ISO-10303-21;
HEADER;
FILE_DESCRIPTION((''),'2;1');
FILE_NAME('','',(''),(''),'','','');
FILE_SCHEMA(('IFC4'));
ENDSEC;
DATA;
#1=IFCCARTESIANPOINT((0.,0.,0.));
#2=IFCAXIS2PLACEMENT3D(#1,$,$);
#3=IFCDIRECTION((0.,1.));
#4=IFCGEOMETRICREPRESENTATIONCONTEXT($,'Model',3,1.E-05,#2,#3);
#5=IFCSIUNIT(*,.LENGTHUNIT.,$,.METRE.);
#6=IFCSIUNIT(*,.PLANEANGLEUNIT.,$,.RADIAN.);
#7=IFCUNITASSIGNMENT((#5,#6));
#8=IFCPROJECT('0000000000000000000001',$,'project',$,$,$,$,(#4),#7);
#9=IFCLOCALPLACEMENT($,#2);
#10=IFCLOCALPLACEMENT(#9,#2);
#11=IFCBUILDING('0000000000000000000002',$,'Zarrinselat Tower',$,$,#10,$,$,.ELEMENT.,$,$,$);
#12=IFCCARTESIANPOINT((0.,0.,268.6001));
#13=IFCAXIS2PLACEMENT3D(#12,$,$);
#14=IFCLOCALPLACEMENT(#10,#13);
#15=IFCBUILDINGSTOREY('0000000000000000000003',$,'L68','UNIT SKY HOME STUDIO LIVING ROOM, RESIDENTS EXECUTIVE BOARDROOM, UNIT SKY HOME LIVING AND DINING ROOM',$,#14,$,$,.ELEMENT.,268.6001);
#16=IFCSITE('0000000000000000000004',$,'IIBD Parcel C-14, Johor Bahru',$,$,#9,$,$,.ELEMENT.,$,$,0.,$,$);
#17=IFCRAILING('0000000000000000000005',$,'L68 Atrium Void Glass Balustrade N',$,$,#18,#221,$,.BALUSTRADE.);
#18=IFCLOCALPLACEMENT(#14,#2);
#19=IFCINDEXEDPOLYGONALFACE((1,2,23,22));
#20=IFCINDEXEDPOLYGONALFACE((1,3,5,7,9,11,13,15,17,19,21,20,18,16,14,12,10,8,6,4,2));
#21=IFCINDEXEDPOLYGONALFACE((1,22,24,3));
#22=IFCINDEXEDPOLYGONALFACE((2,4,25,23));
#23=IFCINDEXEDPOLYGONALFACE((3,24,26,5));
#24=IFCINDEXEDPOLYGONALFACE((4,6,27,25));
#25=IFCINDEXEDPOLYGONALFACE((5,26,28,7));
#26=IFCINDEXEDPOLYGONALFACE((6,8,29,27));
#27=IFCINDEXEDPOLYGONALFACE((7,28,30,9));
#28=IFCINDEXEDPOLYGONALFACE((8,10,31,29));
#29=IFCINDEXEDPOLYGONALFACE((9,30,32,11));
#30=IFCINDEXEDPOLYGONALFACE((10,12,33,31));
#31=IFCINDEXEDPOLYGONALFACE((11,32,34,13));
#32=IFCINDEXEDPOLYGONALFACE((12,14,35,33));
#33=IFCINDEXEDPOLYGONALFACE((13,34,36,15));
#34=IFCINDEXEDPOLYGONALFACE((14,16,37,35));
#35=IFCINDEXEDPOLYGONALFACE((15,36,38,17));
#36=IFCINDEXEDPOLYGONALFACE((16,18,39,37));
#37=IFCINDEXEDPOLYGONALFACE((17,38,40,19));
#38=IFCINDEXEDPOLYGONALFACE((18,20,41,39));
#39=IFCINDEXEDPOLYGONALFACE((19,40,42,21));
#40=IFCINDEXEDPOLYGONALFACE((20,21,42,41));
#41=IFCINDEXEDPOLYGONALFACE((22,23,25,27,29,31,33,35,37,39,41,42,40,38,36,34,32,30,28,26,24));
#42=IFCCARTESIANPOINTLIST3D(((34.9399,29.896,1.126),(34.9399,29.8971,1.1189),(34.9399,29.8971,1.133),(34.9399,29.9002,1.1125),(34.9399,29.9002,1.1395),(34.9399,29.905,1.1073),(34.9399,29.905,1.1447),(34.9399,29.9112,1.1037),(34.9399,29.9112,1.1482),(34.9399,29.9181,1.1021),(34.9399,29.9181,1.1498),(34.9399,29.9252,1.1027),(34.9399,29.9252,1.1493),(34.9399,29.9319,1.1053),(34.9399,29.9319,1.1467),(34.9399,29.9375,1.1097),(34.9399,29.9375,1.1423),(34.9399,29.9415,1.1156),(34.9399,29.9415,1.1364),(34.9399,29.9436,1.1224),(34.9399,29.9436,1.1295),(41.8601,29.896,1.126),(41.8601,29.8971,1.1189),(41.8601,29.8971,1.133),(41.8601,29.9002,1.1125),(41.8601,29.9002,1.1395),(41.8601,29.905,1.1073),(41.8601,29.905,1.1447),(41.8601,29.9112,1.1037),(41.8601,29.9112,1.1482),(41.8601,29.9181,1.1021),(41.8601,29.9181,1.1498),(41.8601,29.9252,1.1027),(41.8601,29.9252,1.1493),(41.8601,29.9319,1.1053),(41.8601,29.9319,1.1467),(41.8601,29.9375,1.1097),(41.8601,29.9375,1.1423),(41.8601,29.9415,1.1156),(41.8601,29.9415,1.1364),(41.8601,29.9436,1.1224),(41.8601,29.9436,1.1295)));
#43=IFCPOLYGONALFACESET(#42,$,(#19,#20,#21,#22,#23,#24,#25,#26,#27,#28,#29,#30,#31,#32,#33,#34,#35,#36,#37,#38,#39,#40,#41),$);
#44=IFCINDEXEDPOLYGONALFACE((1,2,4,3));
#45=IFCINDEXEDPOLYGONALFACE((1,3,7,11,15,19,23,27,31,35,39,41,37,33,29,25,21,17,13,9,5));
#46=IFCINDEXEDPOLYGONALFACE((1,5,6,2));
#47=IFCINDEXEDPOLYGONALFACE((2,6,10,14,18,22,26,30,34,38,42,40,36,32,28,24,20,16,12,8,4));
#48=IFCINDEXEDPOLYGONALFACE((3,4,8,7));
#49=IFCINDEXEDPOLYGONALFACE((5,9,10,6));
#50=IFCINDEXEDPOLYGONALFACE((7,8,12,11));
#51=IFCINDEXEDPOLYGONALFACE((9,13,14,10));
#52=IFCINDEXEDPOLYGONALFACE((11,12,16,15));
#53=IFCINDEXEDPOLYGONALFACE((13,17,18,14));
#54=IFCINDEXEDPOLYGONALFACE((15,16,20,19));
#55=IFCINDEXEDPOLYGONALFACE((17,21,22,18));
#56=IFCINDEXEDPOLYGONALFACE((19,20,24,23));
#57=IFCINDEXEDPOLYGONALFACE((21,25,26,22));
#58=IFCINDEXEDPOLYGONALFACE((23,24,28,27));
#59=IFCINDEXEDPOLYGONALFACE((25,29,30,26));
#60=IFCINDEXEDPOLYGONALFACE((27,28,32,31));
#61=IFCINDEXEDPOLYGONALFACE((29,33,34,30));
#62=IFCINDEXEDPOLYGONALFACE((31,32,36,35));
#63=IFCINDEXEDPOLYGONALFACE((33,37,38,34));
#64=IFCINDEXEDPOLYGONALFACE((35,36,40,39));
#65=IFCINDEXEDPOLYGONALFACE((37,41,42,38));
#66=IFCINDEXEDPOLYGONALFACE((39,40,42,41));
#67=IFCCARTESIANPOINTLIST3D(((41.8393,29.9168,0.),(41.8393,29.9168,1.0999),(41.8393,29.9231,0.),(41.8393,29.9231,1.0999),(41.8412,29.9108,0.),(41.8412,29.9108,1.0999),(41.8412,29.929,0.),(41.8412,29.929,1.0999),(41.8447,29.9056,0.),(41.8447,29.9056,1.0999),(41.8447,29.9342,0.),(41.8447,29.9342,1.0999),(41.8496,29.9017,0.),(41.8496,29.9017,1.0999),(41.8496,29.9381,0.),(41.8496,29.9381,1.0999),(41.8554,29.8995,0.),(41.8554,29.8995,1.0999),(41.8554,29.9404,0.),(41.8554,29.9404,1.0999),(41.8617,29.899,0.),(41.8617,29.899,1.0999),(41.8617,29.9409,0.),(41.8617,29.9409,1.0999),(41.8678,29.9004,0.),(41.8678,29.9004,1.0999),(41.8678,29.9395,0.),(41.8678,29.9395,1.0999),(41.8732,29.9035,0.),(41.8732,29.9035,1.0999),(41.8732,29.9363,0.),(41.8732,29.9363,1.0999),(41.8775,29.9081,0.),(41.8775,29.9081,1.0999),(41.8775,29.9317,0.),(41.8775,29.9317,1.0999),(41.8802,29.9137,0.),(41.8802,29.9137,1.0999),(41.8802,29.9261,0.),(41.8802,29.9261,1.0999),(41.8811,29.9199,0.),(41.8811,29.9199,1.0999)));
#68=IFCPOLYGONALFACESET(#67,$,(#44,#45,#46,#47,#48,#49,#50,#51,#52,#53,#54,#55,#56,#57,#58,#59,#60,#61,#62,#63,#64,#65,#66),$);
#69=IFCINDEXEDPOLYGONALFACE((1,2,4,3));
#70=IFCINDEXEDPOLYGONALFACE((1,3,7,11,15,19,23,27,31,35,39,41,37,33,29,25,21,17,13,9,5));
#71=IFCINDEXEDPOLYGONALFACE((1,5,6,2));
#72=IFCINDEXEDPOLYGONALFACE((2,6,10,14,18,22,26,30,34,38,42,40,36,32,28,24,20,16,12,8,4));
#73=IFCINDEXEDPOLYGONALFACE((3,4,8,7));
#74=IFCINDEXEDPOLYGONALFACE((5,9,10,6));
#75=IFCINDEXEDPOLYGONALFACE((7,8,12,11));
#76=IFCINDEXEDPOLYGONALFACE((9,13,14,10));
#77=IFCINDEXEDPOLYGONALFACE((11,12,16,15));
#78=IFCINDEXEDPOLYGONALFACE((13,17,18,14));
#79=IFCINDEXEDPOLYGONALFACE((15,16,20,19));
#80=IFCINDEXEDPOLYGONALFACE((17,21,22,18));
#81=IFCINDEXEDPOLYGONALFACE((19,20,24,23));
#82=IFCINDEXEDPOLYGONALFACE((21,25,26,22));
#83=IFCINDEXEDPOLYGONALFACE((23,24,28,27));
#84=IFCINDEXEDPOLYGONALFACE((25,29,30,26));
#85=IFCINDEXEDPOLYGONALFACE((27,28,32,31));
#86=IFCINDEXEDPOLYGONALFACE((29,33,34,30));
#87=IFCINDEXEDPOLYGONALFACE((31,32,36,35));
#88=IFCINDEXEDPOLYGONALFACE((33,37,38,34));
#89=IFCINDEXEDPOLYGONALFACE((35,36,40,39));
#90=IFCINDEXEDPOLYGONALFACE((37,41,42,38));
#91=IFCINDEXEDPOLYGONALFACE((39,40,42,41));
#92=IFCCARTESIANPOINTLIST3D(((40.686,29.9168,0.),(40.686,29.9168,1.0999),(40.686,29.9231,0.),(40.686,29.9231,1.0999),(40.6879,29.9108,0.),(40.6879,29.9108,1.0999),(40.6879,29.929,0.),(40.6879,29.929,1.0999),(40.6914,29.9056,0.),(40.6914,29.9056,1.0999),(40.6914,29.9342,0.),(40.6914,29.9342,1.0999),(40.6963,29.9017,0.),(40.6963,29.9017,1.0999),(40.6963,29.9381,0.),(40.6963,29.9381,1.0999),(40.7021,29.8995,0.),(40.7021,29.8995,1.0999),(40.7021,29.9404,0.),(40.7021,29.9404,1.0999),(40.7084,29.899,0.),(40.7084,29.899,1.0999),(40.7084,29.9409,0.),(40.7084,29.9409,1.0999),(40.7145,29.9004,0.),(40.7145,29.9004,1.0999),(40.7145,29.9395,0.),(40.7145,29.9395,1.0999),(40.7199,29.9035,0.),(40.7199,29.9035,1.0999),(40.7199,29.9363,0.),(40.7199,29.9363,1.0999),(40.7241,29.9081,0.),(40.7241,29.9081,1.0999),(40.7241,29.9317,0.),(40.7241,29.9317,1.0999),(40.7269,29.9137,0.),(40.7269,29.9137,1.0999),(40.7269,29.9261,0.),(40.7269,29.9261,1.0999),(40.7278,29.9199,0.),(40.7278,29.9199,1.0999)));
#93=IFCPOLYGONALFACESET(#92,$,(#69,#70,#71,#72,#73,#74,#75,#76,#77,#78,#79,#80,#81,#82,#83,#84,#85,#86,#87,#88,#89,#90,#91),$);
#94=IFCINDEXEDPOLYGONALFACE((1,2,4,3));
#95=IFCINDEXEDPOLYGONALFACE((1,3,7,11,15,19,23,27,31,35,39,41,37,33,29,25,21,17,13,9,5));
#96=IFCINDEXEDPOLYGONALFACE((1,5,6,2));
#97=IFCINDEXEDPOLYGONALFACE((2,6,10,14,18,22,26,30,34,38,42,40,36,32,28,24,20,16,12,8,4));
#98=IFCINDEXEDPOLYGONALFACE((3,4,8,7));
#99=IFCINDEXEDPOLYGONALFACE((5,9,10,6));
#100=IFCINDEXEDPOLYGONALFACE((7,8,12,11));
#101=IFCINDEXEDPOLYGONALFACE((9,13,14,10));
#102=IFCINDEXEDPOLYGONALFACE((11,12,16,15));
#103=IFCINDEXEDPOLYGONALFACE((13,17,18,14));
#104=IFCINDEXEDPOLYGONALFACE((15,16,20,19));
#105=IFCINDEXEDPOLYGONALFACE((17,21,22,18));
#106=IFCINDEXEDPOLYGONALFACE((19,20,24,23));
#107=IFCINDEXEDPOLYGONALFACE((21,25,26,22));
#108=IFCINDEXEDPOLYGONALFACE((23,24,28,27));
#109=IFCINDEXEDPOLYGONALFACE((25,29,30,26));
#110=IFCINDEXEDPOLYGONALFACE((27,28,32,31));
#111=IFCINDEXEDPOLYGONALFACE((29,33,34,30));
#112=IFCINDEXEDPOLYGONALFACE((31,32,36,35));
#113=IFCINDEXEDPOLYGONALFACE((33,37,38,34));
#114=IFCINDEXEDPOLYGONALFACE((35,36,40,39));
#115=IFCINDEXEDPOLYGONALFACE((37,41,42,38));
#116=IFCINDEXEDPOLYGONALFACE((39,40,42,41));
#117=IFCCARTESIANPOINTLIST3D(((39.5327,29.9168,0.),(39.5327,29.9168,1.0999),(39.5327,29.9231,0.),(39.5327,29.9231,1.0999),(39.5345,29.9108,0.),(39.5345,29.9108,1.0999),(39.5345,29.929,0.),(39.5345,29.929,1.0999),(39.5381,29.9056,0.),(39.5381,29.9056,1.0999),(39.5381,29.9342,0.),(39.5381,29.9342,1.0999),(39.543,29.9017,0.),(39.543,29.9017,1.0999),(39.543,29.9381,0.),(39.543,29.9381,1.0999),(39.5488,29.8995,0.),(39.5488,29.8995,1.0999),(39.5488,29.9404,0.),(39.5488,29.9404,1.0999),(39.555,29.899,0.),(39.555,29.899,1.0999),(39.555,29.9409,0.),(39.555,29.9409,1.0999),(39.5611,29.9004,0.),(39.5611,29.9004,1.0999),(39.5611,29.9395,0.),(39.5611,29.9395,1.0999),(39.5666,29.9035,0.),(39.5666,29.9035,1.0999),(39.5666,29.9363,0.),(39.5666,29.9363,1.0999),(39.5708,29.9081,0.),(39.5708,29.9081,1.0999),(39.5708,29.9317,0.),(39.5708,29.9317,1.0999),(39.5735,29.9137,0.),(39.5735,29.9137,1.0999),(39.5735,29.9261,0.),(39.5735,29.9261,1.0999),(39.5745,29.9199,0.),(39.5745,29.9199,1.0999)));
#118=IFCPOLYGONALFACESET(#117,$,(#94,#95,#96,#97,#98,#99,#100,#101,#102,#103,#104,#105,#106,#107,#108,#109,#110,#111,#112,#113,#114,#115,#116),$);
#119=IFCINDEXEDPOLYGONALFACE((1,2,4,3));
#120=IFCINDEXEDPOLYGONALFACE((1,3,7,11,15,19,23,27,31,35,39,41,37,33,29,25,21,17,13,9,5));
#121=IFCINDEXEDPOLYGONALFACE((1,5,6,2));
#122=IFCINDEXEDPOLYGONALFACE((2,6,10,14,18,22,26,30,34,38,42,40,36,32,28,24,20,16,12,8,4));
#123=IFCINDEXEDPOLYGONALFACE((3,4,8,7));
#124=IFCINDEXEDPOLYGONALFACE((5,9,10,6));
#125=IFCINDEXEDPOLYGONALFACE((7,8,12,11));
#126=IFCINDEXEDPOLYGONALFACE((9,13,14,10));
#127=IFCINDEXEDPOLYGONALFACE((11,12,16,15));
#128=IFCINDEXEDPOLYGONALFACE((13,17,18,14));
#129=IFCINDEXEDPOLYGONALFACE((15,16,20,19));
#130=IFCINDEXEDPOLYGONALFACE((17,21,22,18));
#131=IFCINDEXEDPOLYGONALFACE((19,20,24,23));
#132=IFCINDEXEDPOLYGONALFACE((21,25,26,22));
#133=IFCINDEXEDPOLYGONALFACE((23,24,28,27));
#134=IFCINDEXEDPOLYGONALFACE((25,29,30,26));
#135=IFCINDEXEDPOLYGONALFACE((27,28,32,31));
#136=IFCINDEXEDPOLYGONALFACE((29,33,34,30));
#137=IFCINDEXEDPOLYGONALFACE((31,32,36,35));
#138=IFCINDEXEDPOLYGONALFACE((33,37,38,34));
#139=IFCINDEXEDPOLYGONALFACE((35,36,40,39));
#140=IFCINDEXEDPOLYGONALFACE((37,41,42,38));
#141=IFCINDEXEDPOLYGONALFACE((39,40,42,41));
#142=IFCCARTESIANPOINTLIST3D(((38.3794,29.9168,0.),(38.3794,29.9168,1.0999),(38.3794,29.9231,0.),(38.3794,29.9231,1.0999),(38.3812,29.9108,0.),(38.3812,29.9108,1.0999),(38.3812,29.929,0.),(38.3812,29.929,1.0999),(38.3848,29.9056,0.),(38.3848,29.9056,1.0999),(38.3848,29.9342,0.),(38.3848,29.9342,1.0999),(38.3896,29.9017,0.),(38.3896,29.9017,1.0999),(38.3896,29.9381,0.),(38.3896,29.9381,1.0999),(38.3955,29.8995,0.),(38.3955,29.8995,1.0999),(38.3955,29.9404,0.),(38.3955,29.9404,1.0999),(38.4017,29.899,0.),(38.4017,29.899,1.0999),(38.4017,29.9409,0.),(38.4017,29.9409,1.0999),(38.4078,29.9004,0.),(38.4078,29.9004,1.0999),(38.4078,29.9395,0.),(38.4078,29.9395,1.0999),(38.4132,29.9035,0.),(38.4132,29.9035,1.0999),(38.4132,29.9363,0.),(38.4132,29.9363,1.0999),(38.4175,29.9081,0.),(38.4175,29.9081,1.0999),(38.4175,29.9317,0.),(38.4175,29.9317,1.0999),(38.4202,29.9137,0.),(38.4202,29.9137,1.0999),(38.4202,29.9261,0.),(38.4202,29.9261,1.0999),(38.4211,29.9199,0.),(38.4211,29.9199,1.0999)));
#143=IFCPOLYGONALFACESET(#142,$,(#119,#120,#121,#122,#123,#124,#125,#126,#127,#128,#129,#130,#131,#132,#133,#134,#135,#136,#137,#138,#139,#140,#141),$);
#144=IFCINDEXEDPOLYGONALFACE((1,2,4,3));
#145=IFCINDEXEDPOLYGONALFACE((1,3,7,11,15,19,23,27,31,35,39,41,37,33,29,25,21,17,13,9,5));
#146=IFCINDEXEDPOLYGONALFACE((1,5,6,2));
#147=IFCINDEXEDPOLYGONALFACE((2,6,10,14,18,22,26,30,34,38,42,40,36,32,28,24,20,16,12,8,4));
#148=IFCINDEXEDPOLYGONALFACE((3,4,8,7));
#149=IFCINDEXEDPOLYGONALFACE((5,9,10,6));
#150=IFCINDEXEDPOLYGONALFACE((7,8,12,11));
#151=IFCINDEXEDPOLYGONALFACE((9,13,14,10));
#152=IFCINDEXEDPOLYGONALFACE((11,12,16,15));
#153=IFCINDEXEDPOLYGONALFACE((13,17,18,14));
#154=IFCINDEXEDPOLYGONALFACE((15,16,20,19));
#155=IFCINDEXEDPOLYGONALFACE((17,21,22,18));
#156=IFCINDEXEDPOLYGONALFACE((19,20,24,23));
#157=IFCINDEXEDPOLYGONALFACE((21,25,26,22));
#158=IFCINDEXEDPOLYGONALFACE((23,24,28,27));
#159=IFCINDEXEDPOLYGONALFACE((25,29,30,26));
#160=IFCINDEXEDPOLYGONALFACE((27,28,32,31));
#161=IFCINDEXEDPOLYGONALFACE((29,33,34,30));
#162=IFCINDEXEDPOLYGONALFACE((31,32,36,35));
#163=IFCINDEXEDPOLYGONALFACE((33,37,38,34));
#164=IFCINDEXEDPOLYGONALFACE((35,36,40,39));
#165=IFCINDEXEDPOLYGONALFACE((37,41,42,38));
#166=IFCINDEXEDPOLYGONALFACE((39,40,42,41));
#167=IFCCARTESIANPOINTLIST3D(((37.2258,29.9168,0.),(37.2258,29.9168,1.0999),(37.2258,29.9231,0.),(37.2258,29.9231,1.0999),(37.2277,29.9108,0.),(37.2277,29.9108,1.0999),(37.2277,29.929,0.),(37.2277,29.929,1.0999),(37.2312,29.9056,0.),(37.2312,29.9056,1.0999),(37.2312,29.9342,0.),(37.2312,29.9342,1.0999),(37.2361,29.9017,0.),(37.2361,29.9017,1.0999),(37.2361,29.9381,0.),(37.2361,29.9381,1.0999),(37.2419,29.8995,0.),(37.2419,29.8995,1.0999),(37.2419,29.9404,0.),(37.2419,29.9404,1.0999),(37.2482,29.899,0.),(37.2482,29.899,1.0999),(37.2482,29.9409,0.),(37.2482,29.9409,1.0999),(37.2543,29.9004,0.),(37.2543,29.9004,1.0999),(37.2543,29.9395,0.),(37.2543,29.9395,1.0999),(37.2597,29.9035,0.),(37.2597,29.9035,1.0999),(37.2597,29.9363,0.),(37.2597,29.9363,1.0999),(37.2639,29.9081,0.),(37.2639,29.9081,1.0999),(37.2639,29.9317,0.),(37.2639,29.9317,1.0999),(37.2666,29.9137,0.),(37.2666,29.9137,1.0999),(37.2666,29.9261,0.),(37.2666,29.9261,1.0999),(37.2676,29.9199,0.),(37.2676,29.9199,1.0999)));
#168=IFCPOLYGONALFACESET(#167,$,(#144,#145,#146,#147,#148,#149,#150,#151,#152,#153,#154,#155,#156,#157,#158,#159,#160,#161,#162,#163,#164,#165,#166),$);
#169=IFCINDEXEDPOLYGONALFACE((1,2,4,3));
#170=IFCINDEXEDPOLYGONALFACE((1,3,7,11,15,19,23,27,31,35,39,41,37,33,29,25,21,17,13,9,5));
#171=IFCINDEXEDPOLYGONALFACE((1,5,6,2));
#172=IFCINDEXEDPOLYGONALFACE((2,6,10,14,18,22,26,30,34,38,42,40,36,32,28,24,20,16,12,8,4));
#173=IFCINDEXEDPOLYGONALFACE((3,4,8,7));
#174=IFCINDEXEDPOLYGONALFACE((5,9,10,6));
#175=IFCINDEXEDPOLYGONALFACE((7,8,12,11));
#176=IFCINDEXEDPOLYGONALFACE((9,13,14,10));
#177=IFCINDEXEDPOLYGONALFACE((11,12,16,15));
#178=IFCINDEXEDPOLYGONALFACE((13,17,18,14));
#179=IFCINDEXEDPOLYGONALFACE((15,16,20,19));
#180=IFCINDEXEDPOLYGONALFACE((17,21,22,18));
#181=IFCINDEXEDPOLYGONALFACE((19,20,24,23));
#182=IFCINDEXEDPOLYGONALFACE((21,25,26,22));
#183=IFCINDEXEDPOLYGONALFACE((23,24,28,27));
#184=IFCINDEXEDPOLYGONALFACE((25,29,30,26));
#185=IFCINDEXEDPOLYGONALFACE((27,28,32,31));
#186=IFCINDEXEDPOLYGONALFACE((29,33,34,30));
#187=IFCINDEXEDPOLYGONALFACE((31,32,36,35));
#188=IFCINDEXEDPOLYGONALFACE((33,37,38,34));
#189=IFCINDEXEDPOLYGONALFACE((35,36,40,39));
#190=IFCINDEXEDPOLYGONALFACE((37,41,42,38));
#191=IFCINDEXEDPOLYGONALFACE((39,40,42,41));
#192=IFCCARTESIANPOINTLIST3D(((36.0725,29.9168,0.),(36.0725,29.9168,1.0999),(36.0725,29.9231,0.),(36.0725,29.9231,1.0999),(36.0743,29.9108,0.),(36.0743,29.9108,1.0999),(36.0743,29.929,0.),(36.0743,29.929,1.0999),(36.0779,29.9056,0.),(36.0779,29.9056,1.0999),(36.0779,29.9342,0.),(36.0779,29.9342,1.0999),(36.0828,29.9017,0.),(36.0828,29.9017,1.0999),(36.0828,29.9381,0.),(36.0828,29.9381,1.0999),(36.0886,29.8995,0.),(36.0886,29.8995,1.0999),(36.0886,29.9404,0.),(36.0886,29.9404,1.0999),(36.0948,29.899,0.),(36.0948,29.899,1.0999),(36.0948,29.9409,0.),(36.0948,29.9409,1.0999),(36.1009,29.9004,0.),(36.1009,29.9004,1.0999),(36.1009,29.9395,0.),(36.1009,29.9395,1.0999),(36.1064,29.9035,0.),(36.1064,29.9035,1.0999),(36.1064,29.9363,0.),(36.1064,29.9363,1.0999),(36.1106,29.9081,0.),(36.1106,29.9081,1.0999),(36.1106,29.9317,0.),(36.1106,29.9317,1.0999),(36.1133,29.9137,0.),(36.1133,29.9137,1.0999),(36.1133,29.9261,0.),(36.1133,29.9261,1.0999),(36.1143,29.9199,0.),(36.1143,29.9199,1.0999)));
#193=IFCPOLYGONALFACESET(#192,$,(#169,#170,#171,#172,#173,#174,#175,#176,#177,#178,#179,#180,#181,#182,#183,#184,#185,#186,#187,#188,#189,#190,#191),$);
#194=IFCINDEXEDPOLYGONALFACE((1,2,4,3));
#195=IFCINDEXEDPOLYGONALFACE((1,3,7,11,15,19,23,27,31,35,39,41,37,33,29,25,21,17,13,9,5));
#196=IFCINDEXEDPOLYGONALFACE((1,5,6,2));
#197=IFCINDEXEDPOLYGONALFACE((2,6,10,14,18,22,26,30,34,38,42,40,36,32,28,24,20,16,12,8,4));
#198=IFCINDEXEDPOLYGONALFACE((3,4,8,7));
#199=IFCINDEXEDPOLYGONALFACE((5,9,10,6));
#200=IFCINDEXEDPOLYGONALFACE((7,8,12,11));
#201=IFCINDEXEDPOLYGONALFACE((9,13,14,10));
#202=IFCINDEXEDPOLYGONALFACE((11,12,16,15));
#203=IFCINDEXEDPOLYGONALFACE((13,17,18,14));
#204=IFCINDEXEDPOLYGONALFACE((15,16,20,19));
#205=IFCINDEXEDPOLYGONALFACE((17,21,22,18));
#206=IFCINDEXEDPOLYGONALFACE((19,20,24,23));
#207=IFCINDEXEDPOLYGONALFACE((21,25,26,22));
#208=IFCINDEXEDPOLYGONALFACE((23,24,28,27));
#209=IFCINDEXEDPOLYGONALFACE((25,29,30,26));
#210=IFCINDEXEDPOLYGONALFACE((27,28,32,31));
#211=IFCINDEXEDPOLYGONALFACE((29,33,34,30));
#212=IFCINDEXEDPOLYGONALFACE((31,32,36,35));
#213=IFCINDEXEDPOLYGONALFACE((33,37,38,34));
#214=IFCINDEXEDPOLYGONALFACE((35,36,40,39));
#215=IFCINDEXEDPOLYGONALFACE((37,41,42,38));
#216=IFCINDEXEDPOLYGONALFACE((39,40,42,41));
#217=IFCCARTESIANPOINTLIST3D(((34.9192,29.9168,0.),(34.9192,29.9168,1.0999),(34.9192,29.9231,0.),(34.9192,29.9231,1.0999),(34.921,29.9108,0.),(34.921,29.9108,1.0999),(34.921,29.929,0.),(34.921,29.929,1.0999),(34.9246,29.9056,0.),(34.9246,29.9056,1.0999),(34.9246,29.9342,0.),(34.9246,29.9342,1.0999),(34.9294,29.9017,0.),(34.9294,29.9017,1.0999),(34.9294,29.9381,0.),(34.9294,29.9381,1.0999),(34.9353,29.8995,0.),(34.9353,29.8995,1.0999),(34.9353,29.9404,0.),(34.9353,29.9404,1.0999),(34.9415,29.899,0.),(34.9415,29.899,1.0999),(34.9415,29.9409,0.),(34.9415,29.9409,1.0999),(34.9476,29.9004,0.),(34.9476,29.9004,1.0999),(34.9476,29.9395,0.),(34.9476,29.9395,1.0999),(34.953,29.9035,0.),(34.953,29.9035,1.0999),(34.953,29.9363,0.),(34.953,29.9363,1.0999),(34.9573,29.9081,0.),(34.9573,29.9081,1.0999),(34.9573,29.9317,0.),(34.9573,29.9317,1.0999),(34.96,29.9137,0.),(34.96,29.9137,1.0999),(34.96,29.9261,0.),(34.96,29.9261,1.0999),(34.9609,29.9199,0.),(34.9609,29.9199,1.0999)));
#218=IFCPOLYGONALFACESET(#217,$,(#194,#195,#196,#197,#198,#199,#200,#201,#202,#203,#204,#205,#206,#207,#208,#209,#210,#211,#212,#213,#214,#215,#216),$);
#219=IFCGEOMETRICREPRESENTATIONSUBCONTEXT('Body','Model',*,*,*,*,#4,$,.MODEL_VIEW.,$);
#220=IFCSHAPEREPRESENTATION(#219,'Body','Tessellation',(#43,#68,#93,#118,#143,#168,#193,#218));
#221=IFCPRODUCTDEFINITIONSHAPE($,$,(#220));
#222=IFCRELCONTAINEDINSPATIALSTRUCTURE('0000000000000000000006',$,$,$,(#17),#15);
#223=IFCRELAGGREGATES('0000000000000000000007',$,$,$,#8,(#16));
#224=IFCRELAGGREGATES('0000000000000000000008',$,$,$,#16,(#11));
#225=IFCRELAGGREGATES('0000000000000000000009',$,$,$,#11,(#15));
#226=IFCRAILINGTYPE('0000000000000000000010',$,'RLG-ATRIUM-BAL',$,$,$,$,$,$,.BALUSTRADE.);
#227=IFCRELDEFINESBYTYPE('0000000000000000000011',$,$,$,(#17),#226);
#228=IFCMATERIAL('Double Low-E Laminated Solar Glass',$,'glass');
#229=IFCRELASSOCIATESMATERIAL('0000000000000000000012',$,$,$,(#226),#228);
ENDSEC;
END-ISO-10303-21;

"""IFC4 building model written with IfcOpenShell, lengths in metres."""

from ifc_helpers import new_model, si_unit, direction, frame, origin, origin_2d, place, context, subcontext, project, spatial, circle, extrude, material, type_object, element, save


model = new_model("IFC4")

# Units and contexts
model_context = context("Model", 3, precision=1e-05, world=origin(), true_north=direction((0.0, 1.0)))
body_context = subcontext(model_context, "Body", "Model", "MODEL_VIEW")
ifc_project = project(units=[si_unit("LENGTHUNIT", "METRE"), si_unit("PLANEANGLEUNIT", "RADIAN")], contexts=[model_context])

# Site, building, storey
site_placement = place(None, origin())
site = spatial("IfcSite", under=ifc_project, at=site_placement, Name="IIBD Parcel C-14, Johor Bahru", CompositionType="ELEMENT", RefElevation=0.0)
building_placement = place(site_placement, origin())
building = spatial("IfcBuilding", under=site, at=building_placement, Name="Zarrinselat Tower", CompositionType="ELEMENT")
storey_placement = place(building_placement, frame((0.0, 0.0, 268.6001)))
storey = spatial("IfcBuildingStorey", under=building, at=storey_placement, Name="L68", Description="UNIT SKY HOME STUDIO LIVING ROOM, RESIDENTS EXECUTIVE BOARDROOM, UNIT SKY HOME LIVING AND DINING ROOM", CompositionType="ELEMENT", Elevation=268.6001)

# Railing
ifc_material_1 = material(Name="Double Low-E Laminated Solar Glass", Category="glass")
railing_type = type_object("IfcRailingType", Name="RLG-ATRIUM-BAL", PredefinedType="BALUSTRADE", material=ifc_material_1)
railing_1_placement = place(storey_placement, frame((41.8601, 29.9199, 0.0)))
element("IfcRailing", 1, at=railing_1_placement, inside=storey, type_object=railing_type, Name="L68 Atrium Void Glass Balustrade N", PredefinedType="BALUSTRADE", context=body_context, shape_type="SweptSolid", body=[
    extrude(circle(Radius=0.0239, at=origin_2d()), frame((0.0, 0.0, 1.126), z_axis=(-1.0, 0.0, 0.0), x_axis=(0.0, -1.0, 0.0)), (0.0, 0.0, 1.0), 6.9202),
    extrude(circle(Radius=0.021, at=origin_2d()), origin(), (0.0, 0.0, 1.0), 1.0999),
    extrude(circle(Radius=0.021, at=origin_2d()), frame((-1.1533, 0.0, 0.0)), (0.0, 0.0, 1.0), 1.0999),
    extrude(circle(Radius=0.021, at=origin_2d()), frame((-2.3066, 0.0, 0.0)), (0.0, 0.0, 1.0), 1.0999),
    extrude(circle(Radius=0.021, at=origin_2d()), frame((-3.46, 0.0, 0.0)), (0.0, 0.0, 1.0), 1.0999),
    extrude(circle(Radius=0.021, at=origin_2d()), frame((-4.6135, 0.0, 0.0)), (0.0, 0.0, 1.0), 1.0999),
    extrude(circle(Radius=0.021, at=origin_2d()), frame((-5.7668, 0.0, 0.0)), (0.0, 0.0, 1.0), 1.0999),
    extrude(circle(Radius=0.021, at=origin_2d()), frame((-6.9202, 0.0, 0.0)), (0.0, 0.0, 1.0), 1.0999),
])

save(model, "model.ifc")
